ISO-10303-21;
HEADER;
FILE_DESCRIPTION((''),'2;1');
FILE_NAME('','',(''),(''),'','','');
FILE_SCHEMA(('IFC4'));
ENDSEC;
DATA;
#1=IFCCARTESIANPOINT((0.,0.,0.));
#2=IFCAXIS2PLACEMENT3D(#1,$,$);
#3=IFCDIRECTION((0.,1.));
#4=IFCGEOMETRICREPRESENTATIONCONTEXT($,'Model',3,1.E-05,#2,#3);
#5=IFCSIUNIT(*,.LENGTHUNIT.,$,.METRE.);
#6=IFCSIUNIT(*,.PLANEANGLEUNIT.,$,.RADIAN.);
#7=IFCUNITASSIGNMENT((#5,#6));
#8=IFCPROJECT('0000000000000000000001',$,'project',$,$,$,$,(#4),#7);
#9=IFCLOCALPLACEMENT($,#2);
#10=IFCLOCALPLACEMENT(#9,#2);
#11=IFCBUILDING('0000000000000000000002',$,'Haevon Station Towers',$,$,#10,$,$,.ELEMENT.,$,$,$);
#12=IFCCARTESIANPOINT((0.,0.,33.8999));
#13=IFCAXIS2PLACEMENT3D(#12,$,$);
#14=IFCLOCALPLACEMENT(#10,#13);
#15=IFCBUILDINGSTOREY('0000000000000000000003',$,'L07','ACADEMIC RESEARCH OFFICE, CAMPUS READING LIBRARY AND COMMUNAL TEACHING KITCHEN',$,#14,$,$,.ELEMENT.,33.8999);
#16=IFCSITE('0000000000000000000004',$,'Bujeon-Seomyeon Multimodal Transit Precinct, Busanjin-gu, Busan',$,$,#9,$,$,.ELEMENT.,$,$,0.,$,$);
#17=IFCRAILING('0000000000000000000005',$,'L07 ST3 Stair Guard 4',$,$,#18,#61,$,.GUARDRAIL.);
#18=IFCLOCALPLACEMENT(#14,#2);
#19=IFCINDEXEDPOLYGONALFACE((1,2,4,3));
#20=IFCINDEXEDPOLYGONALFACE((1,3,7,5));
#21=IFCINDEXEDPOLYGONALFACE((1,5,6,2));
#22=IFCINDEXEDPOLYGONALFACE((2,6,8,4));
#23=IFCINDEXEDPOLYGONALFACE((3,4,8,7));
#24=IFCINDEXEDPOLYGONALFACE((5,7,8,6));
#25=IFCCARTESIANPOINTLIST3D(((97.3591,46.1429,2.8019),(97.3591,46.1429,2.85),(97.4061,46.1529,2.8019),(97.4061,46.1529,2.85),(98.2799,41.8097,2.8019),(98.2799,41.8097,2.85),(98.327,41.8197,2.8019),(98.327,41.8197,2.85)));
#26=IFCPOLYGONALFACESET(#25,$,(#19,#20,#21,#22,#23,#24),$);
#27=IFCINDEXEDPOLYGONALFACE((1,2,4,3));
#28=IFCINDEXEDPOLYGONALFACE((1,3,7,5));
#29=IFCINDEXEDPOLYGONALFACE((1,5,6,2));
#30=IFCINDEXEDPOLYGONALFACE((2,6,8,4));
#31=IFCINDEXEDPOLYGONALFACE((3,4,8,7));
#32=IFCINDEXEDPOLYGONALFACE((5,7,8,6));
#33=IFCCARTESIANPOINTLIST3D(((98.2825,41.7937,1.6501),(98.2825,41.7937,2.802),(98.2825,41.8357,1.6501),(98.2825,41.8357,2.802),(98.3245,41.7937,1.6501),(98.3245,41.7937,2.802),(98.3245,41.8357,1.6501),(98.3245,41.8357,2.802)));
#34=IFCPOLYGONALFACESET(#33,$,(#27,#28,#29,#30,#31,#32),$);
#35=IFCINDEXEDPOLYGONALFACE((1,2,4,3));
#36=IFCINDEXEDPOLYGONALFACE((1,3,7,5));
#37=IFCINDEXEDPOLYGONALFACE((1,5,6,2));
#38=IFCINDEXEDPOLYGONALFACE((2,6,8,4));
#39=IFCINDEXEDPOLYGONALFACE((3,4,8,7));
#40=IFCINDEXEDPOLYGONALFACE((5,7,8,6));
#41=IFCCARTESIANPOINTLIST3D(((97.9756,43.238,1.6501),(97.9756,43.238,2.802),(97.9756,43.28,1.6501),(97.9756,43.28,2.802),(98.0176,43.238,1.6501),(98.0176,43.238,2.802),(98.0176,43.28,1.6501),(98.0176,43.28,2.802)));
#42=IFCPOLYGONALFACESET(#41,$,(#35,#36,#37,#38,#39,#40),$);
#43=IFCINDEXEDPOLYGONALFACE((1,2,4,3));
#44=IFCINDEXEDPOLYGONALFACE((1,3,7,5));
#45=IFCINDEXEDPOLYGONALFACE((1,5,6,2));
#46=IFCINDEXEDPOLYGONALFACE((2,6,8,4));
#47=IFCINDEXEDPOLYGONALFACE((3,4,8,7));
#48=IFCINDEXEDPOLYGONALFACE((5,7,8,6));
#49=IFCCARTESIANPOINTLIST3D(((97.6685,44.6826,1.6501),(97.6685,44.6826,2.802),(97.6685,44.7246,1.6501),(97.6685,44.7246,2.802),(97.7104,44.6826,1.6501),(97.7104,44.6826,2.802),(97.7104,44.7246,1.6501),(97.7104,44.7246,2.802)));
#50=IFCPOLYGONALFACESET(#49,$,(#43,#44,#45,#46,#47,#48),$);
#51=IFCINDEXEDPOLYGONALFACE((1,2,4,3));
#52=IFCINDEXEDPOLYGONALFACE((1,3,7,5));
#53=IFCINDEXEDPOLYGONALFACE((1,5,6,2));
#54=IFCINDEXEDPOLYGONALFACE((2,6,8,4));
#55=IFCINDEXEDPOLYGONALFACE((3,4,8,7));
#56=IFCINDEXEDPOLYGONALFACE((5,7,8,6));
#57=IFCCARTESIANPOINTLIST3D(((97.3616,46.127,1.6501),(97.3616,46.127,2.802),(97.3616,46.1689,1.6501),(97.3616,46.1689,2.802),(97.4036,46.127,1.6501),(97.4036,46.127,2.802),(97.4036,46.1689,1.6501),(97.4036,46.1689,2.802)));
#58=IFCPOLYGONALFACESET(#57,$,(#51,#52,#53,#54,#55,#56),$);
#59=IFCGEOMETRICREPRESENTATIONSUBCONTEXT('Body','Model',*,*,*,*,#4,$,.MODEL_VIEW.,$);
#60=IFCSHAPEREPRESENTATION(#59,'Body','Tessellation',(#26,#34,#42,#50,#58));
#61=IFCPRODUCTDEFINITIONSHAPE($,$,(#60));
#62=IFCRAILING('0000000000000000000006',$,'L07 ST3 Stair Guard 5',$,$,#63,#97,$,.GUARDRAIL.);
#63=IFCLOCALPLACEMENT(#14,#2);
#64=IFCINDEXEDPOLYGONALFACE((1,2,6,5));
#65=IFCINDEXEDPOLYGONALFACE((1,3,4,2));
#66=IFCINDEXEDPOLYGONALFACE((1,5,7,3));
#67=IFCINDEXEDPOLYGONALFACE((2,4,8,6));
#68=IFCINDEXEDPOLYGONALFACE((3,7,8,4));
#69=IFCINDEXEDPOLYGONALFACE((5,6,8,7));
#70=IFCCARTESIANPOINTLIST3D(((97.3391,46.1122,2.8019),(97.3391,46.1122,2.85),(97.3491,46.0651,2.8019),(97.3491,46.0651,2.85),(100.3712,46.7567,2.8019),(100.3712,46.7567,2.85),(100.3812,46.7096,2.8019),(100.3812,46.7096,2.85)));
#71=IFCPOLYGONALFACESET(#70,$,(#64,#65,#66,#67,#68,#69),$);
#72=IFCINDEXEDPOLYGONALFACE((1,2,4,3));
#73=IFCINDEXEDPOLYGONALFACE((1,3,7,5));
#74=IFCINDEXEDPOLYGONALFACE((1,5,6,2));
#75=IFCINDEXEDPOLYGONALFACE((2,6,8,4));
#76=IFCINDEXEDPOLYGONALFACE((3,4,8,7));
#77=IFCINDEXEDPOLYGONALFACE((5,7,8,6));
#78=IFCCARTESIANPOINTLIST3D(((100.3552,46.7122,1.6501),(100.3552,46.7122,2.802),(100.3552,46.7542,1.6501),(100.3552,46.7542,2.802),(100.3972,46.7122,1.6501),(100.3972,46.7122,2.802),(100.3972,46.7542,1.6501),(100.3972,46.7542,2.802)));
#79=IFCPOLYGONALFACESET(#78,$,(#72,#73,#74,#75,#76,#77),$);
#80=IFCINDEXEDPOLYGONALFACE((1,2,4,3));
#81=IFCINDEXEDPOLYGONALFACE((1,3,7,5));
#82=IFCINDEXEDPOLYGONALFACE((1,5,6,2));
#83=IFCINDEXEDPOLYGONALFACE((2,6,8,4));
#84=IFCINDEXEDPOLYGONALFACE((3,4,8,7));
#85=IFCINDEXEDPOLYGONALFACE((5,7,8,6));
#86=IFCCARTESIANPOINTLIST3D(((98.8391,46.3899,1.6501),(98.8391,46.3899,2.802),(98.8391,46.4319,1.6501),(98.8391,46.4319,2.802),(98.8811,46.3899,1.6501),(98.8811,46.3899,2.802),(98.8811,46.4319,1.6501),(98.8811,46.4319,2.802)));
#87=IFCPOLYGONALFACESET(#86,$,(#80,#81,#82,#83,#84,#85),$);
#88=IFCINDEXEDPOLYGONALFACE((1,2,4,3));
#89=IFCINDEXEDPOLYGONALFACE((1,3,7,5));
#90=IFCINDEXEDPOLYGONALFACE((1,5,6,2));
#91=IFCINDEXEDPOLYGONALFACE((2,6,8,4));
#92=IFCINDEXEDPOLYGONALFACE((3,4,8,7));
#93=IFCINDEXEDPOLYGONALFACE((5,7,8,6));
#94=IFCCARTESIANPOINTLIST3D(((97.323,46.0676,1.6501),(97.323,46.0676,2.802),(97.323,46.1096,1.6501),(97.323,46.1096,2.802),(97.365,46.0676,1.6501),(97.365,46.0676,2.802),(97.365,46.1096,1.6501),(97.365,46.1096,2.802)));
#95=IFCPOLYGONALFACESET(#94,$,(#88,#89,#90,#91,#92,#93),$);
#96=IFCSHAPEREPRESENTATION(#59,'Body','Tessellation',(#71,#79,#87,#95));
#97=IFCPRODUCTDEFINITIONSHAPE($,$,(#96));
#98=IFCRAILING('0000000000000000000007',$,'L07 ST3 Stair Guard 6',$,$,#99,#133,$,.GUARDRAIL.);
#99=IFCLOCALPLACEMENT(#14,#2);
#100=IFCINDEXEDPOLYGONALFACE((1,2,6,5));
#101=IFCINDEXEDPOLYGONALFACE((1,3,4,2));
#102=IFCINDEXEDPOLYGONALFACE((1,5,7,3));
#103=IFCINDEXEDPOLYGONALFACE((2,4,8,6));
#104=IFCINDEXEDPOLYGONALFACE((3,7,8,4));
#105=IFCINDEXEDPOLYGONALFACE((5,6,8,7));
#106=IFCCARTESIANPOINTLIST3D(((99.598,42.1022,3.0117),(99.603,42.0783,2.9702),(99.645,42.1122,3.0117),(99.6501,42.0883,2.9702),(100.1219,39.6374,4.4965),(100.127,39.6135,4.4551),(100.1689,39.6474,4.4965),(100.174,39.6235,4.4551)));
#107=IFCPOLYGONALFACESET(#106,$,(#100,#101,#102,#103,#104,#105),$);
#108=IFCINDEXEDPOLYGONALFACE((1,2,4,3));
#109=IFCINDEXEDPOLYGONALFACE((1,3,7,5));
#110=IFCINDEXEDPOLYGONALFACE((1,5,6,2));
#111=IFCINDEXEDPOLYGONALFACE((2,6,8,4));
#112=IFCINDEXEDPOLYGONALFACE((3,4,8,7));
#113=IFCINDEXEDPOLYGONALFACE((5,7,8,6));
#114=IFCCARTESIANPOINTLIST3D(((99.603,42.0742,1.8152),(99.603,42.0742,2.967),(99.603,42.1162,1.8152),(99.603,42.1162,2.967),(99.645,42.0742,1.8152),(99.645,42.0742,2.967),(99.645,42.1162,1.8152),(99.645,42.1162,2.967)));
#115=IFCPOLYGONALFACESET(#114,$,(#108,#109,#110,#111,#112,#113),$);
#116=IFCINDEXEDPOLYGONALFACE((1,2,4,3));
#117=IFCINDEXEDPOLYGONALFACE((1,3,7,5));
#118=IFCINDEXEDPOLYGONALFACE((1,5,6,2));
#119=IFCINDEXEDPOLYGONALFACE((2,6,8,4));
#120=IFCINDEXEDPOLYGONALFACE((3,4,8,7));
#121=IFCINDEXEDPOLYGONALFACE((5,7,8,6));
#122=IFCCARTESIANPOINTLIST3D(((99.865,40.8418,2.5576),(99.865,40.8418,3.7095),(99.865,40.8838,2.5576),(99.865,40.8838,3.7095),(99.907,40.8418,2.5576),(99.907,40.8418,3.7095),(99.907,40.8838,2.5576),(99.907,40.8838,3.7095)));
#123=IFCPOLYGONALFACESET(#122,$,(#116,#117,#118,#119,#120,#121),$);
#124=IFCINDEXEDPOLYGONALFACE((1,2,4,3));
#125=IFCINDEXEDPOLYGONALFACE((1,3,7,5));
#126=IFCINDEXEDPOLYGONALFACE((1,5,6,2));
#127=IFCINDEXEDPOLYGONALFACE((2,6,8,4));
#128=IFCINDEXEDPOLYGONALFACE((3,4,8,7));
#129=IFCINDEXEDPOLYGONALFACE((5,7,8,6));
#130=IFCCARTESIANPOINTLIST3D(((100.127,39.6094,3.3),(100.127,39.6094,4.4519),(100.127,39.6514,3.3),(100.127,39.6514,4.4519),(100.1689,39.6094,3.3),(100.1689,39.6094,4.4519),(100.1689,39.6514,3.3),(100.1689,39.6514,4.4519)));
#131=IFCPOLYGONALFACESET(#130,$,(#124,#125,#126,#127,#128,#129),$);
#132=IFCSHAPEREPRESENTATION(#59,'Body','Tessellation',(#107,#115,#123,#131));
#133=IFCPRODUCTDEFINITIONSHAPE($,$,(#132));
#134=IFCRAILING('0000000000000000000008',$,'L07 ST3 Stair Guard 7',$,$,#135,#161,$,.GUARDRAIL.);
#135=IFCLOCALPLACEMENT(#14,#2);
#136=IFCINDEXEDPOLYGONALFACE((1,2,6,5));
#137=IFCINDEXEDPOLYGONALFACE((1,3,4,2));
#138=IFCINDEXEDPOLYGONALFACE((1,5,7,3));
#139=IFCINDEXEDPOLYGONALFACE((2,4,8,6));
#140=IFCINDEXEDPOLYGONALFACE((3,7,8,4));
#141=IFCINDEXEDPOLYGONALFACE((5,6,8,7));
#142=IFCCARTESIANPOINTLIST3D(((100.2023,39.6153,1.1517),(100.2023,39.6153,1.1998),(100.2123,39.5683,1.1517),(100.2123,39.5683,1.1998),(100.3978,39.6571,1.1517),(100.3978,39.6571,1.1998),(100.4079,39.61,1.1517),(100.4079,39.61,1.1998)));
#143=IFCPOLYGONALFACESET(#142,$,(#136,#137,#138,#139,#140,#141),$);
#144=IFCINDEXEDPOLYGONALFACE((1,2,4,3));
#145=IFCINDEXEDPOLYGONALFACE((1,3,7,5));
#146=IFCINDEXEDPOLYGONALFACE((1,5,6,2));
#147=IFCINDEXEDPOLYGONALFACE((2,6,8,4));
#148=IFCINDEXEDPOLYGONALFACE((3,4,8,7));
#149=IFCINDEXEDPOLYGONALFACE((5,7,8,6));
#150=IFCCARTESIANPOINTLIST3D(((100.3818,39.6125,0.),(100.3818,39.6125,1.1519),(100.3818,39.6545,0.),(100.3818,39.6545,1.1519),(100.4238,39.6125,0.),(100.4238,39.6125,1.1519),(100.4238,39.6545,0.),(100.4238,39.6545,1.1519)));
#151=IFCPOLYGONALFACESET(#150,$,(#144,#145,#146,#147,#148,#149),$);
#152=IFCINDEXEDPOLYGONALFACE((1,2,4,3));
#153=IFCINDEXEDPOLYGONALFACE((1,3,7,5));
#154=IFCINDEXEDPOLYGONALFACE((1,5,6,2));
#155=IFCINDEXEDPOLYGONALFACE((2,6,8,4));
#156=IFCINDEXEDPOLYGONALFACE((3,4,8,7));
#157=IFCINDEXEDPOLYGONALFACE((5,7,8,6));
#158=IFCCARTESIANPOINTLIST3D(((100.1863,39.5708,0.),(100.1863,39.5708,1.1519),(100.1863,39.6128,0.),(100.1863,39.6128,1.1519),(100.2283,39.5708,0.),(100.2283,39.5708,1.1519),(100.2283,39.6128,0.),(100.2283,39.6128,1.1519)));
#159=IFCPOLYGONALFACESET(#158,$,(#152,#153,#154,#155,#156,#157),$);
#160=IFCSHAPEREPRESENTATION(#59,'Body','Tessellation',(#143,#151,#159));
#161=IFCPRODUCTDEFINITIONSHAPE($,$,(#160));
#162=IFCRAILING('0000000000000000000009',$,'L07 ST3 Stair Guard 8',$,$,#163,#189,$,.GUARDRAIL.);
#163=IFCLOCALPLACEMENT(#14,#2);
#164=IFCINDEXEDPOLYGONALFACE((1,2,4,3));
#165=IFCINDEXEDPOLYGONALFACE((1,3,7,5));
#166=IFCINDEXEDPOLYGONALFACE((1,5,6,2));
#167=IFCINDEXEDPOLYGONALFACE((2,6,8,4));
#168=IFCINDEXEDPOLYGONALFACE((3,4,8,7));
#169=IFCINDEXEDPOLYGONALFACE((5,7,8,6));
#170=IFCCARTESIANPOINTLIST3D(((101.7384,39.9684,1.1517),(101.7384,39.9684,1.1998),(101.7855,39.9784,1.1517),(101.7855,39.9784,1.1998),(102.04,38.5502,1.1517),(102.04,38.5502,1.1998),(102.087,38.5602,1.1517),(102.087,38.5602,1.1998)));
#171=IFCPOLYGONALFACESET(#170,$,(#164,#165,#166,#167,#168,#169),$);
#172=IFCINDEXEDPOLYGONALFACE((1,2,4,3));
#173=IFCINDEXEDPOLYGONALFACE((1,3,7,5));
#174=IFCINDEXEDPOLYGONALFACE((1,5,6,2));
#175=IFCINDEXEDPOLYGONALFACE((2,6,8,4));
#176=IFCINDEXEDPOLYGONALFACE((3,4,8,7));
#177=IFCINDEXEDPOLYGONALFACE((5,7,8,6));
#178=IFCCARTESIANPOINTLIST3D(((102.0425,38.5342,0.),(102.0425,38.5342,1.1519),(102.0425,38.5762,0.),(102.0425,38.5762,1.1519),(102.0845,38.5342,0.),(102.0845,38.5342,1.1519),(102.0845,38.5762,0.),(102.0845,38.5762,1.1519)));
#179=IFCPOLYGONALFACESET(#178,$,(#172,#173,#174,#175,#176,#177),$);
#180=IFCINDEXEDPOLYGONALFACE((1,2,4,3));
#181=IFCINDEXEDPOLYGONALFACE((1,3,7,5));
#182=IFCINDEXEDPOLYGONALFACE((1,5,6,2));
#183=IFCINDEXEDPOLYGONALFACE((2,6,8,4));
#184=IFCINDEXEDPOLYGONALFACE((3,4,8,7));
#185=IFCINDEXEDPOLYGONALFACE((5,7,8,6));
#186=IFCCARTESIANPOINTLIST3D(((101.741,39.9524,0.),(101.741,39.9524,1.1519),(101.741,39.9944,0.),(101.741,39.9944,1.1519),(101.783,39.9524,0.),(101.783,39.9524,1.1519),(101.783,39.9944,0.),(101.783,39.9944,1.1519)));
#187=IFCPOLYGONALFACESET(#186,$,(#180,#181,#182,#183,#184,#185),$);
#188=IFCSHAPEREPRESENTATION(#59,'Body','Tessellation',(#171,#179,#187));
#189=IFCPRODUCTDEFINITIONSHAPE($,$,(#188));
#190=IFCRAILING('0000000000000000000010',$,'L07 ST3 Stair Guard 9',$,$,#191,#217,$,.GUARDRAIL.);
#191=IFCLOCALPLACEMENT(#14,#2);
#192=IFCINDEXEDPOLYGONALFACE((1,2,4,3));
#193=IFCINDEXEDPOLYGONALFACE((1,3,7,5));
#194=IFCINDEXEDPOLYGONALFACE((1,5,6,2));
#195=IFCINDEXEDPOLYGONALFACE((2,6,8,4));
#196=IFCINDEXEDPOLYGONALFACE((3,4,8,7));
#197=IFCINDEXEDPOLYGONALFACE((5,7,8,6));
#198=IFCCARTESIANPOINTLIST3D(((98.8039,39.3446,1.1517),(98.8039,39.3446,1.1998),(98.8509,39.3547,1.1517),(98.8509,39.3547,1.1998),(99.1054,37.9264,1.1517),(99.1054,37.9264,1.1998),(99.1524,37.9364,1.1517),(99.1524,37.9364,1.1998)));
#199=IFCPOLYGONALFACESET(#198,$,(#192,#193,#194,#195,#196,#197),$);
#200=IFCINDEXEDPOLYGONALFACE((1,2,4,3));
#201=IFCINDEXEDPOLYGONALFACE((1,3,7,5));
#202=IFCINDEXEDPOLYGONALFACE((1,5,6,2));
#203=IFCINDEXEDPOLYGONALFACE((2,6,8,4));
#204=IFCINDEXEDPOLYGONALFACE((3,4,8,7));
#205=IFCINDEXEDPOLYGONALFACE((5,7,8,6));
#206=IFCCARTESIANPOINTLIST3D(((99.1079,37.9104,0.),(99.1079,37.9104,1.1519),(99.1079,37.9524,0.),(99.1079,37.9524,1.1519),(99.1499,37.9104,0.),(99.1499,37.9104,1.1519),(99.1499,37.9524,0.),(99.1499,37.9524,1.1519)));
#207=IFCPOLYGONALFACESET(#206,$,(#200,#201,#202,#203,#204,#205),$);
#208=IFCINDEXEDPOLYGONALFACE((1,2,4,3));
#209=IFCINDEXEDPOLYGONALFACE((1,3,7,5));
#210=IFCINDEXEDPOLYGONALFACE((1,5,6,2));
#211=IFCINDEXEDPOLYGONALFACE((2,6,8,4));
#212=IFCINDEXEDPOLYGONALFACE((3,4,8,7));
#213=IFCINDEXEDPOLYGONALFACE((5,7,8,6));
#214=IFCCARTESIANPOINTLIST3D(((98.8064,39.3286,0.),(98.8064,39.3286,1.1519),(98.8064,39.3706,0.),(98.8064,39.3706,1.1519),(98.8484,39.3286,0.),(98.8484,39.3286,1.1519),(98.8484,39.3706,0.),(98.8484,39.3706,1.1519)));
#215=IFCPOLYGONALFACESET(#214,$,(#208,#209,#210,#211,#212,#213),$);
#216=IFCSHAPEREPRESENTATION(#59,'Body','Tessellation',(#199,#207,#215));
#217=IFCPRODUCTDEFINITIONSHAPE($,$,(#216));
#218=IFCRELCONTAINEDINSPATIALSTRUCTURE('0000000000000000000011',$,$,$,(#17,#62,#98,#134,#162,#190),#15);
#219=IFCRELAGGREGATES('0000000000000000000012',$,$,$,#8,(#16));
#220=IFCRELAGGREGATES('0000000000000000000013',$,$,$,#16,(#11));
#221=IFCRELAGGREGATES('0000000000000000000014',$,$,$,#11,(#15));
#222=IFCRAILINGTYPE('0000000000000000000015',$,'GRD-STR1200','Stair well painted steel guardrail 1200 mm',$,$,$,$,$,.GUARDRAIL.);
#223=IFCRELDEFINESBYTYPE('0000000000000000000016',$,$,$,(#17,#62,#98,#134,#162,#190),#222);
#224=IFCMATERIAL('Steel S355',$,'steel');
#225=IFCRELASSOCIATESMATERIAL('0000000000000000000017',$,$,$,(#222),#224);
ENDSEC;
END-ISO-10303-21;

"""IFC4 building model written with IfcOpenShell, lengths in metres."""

from ifc_helpers import new_model, si_unit, direction, frame, origin, origin_2d, place, context, subcontext, project, spatial, rectangle, extrude, material, type_object, element, save


model = new_model("IFC4")

# Units and contexts
model_context = context("Model", 3, precision=1e-05, world=origin(), true_north=direction((0.0, 1.0)))
body_context = subcontext(model_context, "Body", "Model", "MODEL_VIEW")
ifc_project = project(units=[si_unit("LENGTHUNIT", "METRE"), si_unit("PLANEANGLEUNIT", "RADIAN")], contexts=[model_context])

# Site, building, storey
site_placement = place(None, origin())
site = spatial("IfcSite", under=ifc_project, at=site_placement, Name="Bujeon-Seomyeon Multimodal Transit Precinct, Busanjin-gu, Busan", CompositionType="ELEMENT", RefElevation=0.0)
building_placement = place(site_placement, origin())
building = spatial("IfcBuilding", under=site, at=building_placement, Name="Haevon Station Towers", CompositionType="ELEMENT")
storey_placement = place(building_placement, frame((0.0, 0.0, 33.8999)))
storey = spatial("IfcBuildingStorey", under=building, at=storey_placement, Name="L07", Description="ACADEMIC RESEARCH OFFICE, CAMPUS READING LIBRARY AND COMMUNAL TEACHING KITCHEN", CompositionType="ELEMENT", Elevation=33.8999)

# Shared definitions
ifc_material_1 = material(Name="Steel S355", Category="steel")

# Railings
railing_type_1 = type_object("IfcRailingType", Name="GRD-STR1200", Description="Stair well painted steel guardrail 1200 mm", PredefinedType="GUARDRAIL", material=ifc_material_1)
railing_1_placement = place(storey_placement, frame((98.3035, 41.8147, 1.6501)))
element("IfcRailing", 1, at=railing_1_placement, inside=storey, type_object=railing_type_1, Name="L07 ST3 Stair Guard 4", PredefinedType="GUARDRAIL", context=body_context, shape_type="SweptSolid", body=[
    extrude(rectangle(XDim=0.0481, YDim=0.0481, at=origin_2d()), frame((0.0, 0.0, 1.1758), z_axis=(-0.207877, 0.978155, 0.0), x_axis=(-0.978155, -0.207877, 0.0)), (0.0, 0.0, 1.0), 4.4299),
    extrude(rectangle(XDim=0.042, YDim=0.042, at=origin_2d()), origin(), (0.0, 0.0, 1.0), 1.1519),
    extrude(rectangle(XDim=0.042, YDim=0.042, at=origin_2d()), frame((-0.3069, 1.4443, 0.0)), (0.0, 0.0, 1.0), 1.1519),
    extrude(rectangle(XDim=0.042, YDim=0.042, at=origin_2d()), frame((-0.614, 2.8889, 0.0)), (0.0, 0.0, 1.0), 1.1519),
    extrude(rectangle(XDim=0.042, YDim=0.042, at=origin_2d()), frame((-0.9209, 4.3333, 0.0)), (0.0, 0.0, 1.0), 1.1519),
])
railing_2_placement = place(storey_placement, frame((100.3762, 46.7332, 1.6501)))
element("IfcRailing", 2, at=railing_2_placement, inside=storey, type_object=railing_type_1, Name="L07 ST3 Stair Guard 5", PredefinedType="GUARDRAIL", context=body_context, shape_type="SweptSolid", body=[
    extrude(rectangle(XDim=0.0481, YDim=0.0481, at=origin_2d()), frame((0.0, 0.0, 1.1758), z_axis=(-0.978147, -0.207915, 0.0), x_axis=(0.207915, -0.978147, 0.0)), (0.0, 0.0, 1.0), 3.0999),
    extrude(rectangle(XDim=0.042, YDim=0.042, at=origin_2d()), origin(), (0.0, 0.0, 1.0), 1.1519),
    extrude(rectangle(XDim=0.042, YDim=0.042, at=origin_2d()), frame((-1.5161, -0.3223, 0.0)), (0.0, 0.0, 1.0), 1.1519),
    extrude(rectangle(XDim=0.042, YDim=0.042, at=origin_2d()), frame((-3.0322, -0.6445, 0.0)), (0.0, 0.0, 1.0), 1.1519),
])
railing_3_placement = place(storey_placement, frame((99.624, 42.0952, 1.8152)))
element("IfcRailing", 3, at=railing_3_placement, inside=storey, type_object=railing_type_1, Name="L07 ST3 Stair Guard 6", PredefinedType="GUARDRAIL", context=body_context, shape_type="SweptSolid", body=[
    extrude(rectangle(XDim=0.0481, YDim=0.0481, at=origin_2d()), frame((0.0, 0.0, 1.1758), z_axis=(0.179129, -0.842724, 0.507671), x_axis=(0.978147, 0.207914, 0.0)), (0.0, 0.0, 1.0), 2.9248),
    extrude(rectangle(XDim=0.042, YDim=0.042, at=origin_2d()), origin(), (0.0, 0.0, 1.0), 1.1519),
    extrude(rectangle(XDim=0.042, YDim=0.042, at=origin_2d()), frame((0.262, -1.2324, 0.7424)), (0.0, 0.0, 1.0), 1.1519),
    extrude(rectangle(XDim=0.042, YDim=0.042, at=origin_2d()), frame((0.5239, -2.4648, 1.4849)), (0.0, 0.0, 1.0), 1.1519),
])
railing_4_placement = place(storey_placement, frame((100.4028, 39.6335, 0.0)))
element("IfcRailing", 4, at=railing_4_placement, inside=storey, type_object=railing_type_1, Name="L07 ST3 Stair Guard 7", PredefinedType="GUARDRAIL", context=body_context, shape_type="SweptSolid", body=[
    extrude(rectangle(XDim=0.0481, YDim=0.0481, at=origin_2d()), frame((0.0, 0.0, 1.1758), z_axis=(-0.977963, -0.208779, 0.0), x_axis=(0.208779, -0.977963, 0.0)), (0.0, 0.0, 1.0), 0.2),
    extrude(rectangle(XDim=0.042, YDim=0.042, at=origin_2d()), origin(), (0.0, 0.0, 1.0), 1.1519),
    extrude(rectangle(XDim=0.042, YDim=0.042, at=origin_2d()), frame((-0.1956, -0.0417, 0.0)), (0.0, 0.0, 1.0), 1.1519),
])
for number, where, name in (
    (5, (102.0635, 38.5552, 0.0), "L07 ST3 Stair Guard 8"),
    (6, (99.1289, 37.9314, 0.0), "L07 ST3 Stair Guard 9"),
):
    element("IfcRailing", number, at=place(storey_placement, frame(where)), inside=storey, type_object=railing_type_1, Name=name, PredefinedType="GUARDRAIL", context=body_context, shape_type="SweptSolid", body=[
        extrude(rectangle(XDim=0.0481, YDim=0.0481, at=origin_2d()), frame((0.0, 0.0, 1.1758), z_axis=(-0.207953, 0.978139, 0.0), x_axis=(-0.978139, -0.207953, 0.0)), (0.0, 0.0, 1.0), 1.45),
        extrude(rectangle(XDim=0.042, YDim=0.042, at=origin_2d()), origin(), (0.0, 0.0, 1.0), 1.1519),
        extrude(rectangle(XDim=0.042, YDim=0.042, at=origin_2d()), frame((-0.3015, 1.4182, 0.0)), (0.0, 0.0, 1.0), 1.1519),
    ])

save(model, "model.ifc")
